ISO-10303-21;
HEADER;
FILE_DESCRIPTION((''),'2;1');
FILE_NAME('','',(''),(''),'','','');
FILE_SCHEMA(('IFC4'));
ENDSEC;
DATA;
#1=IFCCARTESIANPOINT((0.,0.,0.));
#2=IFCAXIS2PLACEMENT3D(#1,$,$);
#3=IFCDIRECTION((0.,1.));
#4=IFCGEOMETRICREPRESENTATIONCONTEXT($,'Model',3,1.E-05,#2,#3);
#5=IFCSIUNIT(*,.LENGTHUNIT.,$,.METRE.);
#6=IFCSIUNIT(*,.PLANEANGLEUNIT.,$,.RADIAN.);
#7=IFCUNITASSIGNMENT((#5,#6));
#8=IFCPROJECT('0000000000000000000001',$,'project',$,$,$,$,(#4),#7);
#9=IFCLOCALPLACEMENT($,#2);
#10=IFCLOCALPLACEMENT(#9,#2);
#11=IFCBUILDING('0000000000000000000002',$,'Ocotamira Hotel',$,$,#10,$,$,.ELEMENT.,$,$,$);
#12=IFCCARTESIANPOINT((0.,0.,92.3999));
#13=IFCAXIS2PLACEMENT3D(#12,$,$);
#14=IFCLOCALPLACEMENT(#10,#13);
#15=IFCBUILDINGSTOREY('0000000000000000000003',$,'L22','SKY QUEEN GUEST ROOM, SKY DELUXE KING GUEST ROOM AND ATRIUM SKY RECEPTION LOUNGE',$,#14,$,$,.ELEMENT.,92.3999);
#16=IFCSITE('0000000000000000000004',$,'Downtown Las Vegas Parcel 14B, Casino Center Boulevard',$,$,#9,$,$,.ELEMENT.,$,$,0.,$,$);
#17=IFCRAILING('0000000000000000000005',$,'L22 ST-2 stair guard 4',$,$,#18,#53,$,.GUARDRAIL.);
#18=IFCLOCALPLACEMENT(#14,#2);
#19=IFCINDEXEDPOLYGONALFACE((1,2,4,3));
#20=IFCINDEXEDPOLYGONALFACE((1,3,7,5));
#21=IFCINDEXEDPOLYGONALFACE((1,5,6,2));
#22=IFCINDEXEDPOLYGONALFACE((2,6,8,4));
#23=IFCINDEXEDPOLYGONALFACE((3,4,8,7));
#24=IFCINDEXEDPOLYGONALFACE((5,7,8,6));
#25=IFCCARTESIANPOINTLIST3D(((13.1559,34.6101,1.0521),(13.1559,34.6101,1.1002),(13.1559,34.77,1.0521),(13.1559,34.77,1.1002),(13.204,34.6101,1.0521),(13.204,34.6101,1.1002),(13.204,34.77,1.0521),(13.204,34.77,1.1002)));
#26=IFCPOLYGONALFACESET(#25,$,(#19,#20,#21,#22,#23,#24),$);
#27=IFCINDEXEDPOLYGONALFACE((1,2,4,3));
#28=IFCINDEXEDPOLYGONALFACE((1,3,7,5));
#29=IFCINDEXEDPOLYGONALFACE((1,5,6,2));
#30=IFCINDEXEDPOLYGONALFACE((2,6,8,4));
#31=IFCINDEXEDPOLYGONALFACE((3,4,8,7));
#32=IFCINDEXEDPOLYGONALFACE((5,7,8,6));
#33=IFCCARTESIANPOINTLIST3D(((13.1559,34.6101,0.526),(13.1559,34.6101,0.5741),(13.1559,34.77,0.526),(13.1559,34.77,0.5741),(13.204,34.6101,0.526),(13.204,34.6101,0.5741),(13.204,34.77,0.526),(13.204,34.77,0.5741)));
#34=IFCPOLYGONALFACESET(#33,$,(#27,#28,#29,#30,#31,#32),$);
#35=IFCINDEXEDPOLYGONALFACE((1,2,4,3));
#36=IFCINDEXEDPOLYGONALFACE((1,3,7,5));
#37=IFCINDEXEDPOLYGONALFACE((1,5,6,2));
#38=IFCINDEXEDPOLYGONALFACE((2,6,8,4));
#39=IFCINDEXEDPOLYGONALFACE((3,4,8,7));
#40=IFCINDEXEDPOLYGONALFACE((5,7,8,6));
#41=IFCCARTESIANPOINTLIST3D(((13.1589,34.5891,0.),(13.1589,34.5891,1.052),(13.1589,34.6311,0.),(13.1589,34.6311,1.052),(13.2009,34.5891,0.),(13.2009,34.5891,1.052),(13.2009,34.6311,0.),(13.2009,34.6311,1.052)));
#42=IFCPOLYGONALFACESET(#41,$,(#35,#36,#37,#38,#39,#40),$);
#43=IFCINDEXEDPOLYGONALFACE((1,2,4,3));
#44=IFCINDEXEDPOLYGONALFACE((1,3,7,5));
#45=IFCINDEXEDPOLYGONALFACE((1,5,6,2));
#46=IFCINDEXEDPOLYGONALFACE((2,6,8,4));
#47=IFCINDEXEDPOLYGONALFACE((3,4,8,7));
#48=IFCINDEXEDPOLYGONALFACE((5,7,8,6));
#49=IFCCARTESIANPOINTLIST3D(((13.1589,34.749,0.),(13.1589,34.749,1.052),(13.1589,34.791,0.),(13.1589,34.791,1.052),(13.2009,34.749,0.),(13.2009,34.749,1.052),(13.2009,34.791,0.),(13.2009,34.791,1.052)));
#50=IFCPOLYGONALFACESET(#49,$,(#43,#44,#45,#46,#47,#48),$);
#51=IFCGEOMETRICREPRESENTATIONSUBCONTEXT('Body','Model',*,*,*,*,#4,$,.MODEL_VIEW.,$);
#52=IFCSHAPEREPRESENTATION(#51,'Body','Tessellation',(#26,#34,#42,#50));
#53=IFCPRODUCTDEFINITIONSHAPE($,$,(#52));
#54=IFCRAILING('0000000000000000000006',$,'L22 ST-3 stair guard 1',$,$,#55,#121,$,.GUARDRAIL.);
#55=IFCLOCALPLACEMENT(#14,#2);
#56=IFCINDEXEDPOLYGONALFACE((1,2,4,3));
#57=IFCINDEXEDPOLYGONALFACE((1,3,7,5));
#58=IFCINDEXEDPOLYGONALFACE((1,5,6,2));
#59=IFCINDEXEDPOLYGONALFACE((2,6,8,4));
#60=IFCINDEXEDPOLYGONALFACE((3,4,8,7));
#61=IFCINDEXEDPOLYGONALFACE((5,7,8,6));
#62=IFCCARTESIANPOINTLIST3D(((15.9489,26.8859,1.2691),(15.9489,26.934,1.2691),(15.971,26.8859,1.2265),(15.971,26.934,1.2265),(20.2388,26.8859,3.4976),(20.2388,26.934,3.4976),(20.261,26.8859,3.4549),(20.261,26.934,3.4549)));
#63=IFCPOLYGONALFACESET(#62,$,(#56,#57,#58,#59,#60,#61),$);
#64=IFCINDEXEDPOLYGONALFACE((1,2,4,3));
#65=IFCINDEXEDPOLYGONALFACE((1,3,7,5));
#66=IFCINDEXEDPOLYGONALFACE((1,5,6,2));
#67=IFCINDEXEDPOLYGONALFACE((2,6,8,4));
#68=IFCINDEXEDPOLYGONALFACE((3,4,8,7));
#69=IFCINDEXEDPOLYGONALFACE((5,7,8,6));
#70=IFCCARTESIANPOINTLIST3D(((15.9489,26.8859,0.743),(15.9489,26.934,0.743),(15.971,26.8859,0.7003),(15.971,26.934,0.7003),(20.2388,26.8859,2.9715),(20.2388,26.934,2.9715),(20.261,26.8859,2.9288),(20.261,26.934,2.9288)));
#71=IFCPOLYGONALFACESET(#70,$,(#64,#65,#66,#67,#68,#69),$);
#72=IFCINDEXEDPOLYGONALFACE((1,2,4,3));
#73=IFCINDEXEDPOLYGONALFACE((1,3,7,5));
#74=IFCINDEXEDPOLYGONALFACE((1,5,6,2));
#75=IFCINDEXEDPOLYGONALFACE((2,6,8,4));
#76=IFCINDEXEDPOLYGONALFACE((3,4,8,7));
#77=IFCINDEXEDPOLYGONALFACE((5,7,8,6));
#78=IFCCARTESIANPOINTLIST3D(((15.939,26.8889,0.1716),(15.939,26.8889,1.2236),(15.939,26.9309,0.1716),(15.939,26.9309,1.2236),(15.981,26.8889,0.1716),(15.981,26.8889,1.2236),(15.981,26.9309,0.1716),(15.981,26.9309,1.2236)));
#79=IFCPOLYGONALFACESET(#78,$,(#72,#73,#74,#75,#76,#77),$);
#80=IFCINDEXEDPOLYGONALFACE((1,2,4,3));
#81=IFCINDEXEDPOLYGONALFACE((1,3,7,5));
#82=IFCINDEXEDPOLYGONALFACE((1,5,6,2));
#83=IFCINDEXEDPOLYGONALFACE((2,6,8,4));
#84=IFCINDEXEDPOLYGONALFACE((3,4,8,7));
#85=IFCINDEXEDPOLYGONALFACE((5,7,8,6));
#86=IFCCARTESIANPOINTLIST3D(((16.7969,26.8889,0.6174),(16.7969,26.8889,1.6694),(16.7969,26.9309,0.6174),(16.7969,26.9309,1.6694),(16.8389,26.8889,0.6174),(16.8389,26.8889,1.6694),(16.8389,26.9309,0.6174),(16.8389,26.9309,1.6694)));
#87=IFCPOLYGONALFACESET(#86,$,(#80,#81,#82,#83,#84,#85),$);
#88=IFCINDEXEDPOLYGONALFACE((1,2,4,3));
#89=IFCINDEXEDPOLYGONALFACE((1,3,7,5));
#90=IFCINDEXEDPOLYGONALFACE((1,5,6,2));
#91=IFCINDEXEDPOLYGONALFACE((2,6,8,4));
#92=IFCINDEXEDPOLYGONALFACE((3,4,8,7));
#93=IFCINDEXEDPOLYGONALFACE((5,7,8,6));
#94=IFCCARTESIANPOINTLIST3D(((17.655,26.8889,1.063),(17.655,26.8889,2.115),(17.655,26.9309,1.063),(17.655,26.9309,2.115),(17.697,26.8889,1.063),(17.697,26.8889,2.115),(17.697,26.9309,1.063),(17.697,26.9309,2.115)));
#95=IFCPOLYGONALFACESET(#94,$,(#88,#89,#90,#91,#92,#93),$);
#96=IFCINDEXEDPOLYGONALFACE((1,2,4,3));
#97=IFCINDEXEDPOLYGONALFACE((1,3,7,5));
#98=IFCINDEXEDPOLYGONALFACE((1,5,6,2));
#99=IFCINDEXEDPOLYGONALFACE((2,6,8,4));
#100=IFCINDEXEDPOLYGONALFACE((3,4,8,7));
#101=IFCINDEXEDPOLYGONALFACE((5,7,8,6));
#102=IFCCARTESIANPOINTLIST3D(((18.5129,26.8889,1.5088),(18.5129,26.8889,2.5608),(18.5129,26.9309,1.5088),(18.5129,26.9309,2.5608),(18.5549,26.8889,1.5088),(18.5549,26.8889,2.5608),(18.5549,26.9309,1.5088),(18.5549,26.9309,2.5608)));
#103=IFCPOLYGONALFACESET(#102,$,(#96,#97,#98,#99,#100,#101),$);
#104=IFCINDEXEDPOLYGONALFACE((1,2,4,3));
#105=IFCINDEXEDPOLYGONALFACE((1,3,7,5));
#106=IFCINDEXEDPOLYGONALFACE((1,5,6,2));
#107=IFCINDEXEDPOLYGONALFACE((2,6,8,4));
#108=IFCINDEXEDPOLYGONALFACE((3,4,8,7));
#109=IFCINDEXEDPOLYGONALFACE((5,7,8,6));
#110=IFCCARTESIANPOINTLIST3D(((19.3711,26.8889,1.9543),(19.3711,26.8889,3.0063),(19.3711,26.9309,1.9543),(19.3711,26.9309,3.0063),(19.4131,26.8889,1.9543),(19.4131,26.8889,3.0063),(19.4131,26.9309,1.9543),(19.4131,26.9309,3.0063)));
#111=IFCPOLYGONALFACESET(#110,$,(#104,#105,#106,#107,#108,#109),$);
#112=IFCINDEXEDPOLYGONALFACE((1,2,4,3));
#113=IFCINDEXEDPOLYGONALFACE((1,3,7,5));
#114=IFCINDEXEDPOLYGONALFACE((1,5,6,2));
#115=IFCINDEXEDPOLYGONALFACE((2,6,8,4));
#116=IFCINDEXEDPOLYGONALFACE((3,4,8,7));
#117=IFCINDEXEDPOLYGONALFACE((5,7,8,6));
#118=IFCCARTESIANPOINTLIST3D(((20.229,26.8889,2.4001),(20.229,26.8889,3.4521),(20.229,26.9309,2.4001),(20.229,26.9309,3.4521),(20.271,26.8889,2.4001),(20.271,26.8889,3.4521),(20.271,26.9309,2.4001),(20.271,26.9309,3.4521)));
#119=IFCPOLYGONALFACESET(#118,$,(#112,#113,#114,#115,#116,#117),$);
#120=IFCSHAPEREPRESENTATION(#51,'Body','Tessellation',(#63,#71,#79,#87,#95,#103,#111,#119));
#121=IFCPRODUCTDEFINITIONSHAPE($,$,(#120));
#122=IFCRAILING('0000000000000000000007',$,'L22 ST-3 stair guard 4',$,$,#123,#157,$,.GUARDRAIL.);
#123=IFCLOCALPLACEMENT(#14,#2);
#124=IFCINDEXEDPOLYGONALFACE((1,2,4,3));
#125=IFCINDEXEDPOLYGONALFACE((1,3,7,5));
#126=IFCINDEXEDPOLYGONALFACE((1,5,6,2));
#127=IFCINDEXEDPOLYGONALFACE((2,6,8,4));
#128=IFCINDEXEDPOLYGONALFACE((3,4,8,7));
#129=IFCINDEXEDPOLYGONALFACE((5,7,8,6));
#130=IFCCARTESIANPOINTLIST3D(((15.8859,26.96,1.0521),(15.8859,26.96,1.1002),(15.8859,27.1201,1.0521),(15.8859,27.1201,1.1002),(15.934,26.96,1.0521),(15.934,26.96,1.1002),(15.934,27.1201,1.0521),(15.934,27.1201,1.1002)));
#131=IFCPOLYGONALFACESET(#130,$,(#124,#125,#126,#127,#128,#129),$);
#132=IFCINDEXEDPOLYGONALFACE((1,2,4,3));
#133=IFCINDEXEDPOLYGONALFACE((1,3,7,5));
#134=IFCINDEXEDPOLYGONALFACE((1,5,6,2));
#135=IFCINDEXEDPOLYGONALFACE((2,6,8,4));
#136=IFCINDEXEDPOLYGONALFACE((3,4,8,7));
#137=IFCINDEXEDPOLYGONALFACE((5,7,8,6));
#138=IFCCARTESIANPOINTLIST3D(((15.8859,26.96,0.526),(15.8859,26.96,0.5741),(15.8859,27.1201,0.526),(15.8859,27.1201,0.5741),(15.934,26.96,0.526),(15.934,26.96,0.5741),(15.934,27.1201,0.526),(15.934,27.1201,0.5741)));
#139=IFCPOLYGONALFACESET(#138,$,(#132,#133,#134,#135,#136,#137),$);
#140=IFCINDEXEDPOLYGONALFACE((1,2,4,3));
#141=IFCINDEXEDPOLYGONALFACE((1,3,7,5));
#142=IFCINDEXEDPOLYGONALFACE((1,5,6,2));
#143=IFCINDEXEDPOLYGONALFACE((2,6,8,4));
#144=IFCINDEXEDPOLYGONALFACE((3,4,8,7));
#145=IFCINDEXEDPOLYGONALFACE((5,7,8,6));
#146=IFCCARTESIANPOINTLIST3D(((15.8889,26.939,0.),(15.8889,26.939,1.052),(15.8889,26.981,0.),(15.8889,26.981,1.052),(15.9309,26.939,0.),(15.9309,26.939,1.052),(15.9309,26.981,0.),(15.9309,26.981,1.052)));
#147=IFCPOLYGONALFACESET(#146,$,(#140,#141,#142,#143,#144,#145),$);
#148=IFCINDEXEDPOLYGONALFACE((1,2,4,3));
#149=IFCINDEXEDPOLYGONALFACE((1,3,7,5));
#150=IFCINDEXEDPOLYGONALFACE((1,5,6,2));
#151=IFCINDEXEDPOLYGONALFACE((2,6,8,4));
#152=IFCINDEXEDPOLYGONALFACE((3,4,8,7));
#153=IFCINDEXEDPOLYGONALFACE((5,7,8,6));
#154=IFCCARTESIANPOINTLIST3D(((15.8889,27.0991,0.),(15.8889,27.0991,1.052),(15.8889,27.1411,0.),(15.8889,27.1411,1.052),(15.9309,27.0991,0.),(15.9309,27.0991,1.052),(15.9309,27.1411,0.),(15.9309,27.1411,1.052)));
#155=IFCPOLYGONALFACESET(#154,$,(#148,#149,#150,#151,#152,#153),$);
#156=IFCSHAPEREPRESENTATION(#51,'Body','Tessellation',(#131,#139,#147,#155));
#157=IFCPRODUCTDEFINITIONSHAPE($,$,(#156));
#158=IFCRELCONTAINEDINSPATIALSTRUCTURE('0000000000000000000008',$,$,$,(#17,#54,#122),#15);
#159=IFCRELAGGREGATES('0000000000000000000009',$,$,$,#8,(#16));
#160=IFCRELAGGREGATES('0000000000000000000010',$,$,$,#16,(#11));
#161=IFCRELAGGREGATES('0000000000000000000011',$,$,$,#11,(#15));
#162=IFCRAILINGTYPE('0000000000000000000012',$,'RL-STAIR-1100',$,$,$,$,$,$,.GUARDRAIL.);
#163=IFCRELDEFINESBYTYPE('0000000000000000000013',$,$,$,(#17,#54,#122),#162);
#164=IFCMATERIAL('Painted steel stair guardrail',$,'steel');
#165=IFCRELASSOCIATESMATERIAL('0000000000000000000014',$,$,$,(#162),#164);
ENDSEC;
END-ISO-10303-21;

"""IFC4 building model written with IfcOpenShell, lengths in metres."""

from ifc_helpers import new_model, si_unit, direction, frame, origin, origin_2d, place, context, subcontext, project, spatial, rectangle, extrude, material, type_object, element, save


model = new_model("IFC4")

# Units and contexts
model_context = context("Model", 3, precision=1e-05, world=origin(), true_north=direction((0.0, 1.0)))
body_context = subcontext(model_context, "Body", "Model", "MODEL_VIEW")
ifc_project = project(units=[si_unit("LENGTHUNIT", "METRE"), si_unit("PLANEANGLEUNIT", "RADIAN")], contexts=[model_context])

# Site, building, storey
site_placement = place(None, origin())
site = spatial("IfcSite", under=ifc_project, at=site_placement, Name="Downtown Las Vegas Parcel 14B, Casino Center Boulevard", CompositionType="ELEMENT", RefElevation=0.0)
building_placement = place(site_placement, origin())
building = spatial("IfcBuilding", under=site, at=building_placement, Name="Ocotamira Hotel", CompositionType="ELEMENT")
storey_placement = place(building_placement, frame((0.0, 0.0, 92.3999)))
storey = spatial("IfcBuildingStorey", under=building, at=storey_placement, Name="L22", Description="SKY QUEEN GUEST ROOM, SKY DELUXE KING GUEST ROOM AND ATRIUM SKY RECEPTION LOUNGE", CompositionType="ELEMENT", Elevation=92.3999)

# Railings
ifc_material_1 = material(Name="Painted steel stair guardrail", Category="steel")
railing_type_1 = type_object("IfcRailingType", Name="RL-STAIR-1100", PredefinedType="GUARDRAIL", material=ifc_material_1)
railing_1_placement = place(storey_placement, frame((13.1799, 34.6101, 0.0)))
element("IfcRailing", 1, at=railing_1_placement, inside=storey, type_object=railing_type_1, Name="L22 ST-2 stair guard 4", PredefinedType="GUARDRAIL", context=body_context, shape_type="SweptSolid", body=[
    extrude(rectangle(XDim=0.0481, YDim=0.0481, at=origin_2d()), frame((0.0, 0.0, 1.0762), z_axis=(0.0, 1.0, 0.0), x_axis=(-1.0, 0.0, 0.0)), (0.0, 0.0, 1.0), 0.1599),
    extrude(rectangle(XDim=0.0481, YDim=0.0481, at=origin_2d()), frame((0.0, 0.0, 0.55), z_axis=(0.0, 1.0, 0.0), x_axis=(-1.0, 0.0, 0.0)), (0.0, 0.0, 1.0), 0.1599),
    extrude(rectangle(XDim=0.042, YDim=0.042, at=origin_2d()), origin(), (0.0, 0.0, 1.0), 1.052),
    extrude(rectangle(XDim=0.042, YDim=0.042, at=origin_2d()), frame((0.0, 0.1599, 0.0)), (0.0, 0.0, 1.0), 1.052),
])
railing_2_placement = place(storey_placement, frame((15.96, 26.9099, 0.1716)))
element("IfcRailing", 2, at=railing_2_placement, inside=storey, type_object=railing_type_1, Name="L22 ST-3 stair guard 1", PredefinedType="GUARDRAIL", context=body_context, shape_type="SweptSolid", body=[
    extrude(rectangle(XDim=0.0481, YDim=0.0481, at=origin_2d()), frame((0.0, 0.0, 1.0762), z_axis=(0.887412, 0.0, 0.460977), x_axis=(0.0, 1.0, 0.0)), (0.0, 0.0, 1.0), 4.8342),
    extrude(rectangle(XDim=0.0481, YDim=0.0481, at=origin_2d()), frame((0.0, 0.0, 0.55), z_axis=(0.887412, 0.0, 0.460977), x_axis=(0.0, 1.0, 0.0)), (0.0, 0.0, 1.0), 4.8342),
    extrude(rectangle(XDim=0.042, YDim=0.042, at=origin_2d()), origin(), (0.0, 0.0, 1.0), 1.052),
    extrude(rectangle(XDim=0.042, YDim=0.042, at=origin_2d()), frame((0.8579, 0.0, 0.4458)), (0.0, 0.0, 1.0), 1.052),
    extrude(rectangle(XDim=0.042, YDim=0.042, at=origin_2d()), frame((1.7161, 0.0, 0.8914)), (0.0, 0.0, 1.0), 1.052),
    extrude(rectangle(XDim=0.042, YDim=0.042, at=origin_2d()), frame((2.574, 0.0, 1.3372)), (0.0, 0.0, 1.0), 1.052),
    extrude(rectangle(XDim=0.042, YDim=0.042, at=origin_2d()), frame((3.4321, 0.0, 1.7827)), (0.0, 0.0, 1.0), 1.052),
    extrude(rectangle(XDim=0.042, YDim=0.042, at=origin_2d()), frame((4.29, 0.0, 2.2285)), (0.0, 0.0, 1.0), 1.052),
])
railing_3_placement = place(storey_placement, frame((15.9099, 26.96, 0.0)))
element("IfcRailing", 3, at=railing_3_placement, inside=storey, type_object=railing_type_1, Name="L22 ST-3 stair guard 4", PredefinedType="GUARDRAIL", context=body_context, shape_type="SweptSolid", body=[
    extrude(rectangle(XDim=0.0481, YDim=0.0481, at=origin_2d()), frame((0.0, 0.0, 1.0762), z_axis=(0.0, 1.0, 0.0), x_axis=(-1.0, 0.0, 0.0)), (0.0, 0.0, 1.0), 0.1602),
    extrude(rectangle(XDim=0.0481, YDim=0.0481, at=origin_2d()), frame((0.0, 0.0, 0.55), z_axis=(0.0, 1.0, 0.0), x_axis=(-1.0, 0.0, 0.0)), (0.0, 0.0, 1.0), 0.1602),
    extrude(rectangle(XDim=0.042, YDim=0.042, at=origin_2d()), origin(), (0.0, 0.0, 1.0), 1.052),
    extrude(rectangle(XDim=0.042, YDim=0.042, at=origin_2d()), frame((0.0, 0.1602, 0.0)), (0.0, 0.0, 1.0), 1.052),
])

save(model, "model.ifc")
